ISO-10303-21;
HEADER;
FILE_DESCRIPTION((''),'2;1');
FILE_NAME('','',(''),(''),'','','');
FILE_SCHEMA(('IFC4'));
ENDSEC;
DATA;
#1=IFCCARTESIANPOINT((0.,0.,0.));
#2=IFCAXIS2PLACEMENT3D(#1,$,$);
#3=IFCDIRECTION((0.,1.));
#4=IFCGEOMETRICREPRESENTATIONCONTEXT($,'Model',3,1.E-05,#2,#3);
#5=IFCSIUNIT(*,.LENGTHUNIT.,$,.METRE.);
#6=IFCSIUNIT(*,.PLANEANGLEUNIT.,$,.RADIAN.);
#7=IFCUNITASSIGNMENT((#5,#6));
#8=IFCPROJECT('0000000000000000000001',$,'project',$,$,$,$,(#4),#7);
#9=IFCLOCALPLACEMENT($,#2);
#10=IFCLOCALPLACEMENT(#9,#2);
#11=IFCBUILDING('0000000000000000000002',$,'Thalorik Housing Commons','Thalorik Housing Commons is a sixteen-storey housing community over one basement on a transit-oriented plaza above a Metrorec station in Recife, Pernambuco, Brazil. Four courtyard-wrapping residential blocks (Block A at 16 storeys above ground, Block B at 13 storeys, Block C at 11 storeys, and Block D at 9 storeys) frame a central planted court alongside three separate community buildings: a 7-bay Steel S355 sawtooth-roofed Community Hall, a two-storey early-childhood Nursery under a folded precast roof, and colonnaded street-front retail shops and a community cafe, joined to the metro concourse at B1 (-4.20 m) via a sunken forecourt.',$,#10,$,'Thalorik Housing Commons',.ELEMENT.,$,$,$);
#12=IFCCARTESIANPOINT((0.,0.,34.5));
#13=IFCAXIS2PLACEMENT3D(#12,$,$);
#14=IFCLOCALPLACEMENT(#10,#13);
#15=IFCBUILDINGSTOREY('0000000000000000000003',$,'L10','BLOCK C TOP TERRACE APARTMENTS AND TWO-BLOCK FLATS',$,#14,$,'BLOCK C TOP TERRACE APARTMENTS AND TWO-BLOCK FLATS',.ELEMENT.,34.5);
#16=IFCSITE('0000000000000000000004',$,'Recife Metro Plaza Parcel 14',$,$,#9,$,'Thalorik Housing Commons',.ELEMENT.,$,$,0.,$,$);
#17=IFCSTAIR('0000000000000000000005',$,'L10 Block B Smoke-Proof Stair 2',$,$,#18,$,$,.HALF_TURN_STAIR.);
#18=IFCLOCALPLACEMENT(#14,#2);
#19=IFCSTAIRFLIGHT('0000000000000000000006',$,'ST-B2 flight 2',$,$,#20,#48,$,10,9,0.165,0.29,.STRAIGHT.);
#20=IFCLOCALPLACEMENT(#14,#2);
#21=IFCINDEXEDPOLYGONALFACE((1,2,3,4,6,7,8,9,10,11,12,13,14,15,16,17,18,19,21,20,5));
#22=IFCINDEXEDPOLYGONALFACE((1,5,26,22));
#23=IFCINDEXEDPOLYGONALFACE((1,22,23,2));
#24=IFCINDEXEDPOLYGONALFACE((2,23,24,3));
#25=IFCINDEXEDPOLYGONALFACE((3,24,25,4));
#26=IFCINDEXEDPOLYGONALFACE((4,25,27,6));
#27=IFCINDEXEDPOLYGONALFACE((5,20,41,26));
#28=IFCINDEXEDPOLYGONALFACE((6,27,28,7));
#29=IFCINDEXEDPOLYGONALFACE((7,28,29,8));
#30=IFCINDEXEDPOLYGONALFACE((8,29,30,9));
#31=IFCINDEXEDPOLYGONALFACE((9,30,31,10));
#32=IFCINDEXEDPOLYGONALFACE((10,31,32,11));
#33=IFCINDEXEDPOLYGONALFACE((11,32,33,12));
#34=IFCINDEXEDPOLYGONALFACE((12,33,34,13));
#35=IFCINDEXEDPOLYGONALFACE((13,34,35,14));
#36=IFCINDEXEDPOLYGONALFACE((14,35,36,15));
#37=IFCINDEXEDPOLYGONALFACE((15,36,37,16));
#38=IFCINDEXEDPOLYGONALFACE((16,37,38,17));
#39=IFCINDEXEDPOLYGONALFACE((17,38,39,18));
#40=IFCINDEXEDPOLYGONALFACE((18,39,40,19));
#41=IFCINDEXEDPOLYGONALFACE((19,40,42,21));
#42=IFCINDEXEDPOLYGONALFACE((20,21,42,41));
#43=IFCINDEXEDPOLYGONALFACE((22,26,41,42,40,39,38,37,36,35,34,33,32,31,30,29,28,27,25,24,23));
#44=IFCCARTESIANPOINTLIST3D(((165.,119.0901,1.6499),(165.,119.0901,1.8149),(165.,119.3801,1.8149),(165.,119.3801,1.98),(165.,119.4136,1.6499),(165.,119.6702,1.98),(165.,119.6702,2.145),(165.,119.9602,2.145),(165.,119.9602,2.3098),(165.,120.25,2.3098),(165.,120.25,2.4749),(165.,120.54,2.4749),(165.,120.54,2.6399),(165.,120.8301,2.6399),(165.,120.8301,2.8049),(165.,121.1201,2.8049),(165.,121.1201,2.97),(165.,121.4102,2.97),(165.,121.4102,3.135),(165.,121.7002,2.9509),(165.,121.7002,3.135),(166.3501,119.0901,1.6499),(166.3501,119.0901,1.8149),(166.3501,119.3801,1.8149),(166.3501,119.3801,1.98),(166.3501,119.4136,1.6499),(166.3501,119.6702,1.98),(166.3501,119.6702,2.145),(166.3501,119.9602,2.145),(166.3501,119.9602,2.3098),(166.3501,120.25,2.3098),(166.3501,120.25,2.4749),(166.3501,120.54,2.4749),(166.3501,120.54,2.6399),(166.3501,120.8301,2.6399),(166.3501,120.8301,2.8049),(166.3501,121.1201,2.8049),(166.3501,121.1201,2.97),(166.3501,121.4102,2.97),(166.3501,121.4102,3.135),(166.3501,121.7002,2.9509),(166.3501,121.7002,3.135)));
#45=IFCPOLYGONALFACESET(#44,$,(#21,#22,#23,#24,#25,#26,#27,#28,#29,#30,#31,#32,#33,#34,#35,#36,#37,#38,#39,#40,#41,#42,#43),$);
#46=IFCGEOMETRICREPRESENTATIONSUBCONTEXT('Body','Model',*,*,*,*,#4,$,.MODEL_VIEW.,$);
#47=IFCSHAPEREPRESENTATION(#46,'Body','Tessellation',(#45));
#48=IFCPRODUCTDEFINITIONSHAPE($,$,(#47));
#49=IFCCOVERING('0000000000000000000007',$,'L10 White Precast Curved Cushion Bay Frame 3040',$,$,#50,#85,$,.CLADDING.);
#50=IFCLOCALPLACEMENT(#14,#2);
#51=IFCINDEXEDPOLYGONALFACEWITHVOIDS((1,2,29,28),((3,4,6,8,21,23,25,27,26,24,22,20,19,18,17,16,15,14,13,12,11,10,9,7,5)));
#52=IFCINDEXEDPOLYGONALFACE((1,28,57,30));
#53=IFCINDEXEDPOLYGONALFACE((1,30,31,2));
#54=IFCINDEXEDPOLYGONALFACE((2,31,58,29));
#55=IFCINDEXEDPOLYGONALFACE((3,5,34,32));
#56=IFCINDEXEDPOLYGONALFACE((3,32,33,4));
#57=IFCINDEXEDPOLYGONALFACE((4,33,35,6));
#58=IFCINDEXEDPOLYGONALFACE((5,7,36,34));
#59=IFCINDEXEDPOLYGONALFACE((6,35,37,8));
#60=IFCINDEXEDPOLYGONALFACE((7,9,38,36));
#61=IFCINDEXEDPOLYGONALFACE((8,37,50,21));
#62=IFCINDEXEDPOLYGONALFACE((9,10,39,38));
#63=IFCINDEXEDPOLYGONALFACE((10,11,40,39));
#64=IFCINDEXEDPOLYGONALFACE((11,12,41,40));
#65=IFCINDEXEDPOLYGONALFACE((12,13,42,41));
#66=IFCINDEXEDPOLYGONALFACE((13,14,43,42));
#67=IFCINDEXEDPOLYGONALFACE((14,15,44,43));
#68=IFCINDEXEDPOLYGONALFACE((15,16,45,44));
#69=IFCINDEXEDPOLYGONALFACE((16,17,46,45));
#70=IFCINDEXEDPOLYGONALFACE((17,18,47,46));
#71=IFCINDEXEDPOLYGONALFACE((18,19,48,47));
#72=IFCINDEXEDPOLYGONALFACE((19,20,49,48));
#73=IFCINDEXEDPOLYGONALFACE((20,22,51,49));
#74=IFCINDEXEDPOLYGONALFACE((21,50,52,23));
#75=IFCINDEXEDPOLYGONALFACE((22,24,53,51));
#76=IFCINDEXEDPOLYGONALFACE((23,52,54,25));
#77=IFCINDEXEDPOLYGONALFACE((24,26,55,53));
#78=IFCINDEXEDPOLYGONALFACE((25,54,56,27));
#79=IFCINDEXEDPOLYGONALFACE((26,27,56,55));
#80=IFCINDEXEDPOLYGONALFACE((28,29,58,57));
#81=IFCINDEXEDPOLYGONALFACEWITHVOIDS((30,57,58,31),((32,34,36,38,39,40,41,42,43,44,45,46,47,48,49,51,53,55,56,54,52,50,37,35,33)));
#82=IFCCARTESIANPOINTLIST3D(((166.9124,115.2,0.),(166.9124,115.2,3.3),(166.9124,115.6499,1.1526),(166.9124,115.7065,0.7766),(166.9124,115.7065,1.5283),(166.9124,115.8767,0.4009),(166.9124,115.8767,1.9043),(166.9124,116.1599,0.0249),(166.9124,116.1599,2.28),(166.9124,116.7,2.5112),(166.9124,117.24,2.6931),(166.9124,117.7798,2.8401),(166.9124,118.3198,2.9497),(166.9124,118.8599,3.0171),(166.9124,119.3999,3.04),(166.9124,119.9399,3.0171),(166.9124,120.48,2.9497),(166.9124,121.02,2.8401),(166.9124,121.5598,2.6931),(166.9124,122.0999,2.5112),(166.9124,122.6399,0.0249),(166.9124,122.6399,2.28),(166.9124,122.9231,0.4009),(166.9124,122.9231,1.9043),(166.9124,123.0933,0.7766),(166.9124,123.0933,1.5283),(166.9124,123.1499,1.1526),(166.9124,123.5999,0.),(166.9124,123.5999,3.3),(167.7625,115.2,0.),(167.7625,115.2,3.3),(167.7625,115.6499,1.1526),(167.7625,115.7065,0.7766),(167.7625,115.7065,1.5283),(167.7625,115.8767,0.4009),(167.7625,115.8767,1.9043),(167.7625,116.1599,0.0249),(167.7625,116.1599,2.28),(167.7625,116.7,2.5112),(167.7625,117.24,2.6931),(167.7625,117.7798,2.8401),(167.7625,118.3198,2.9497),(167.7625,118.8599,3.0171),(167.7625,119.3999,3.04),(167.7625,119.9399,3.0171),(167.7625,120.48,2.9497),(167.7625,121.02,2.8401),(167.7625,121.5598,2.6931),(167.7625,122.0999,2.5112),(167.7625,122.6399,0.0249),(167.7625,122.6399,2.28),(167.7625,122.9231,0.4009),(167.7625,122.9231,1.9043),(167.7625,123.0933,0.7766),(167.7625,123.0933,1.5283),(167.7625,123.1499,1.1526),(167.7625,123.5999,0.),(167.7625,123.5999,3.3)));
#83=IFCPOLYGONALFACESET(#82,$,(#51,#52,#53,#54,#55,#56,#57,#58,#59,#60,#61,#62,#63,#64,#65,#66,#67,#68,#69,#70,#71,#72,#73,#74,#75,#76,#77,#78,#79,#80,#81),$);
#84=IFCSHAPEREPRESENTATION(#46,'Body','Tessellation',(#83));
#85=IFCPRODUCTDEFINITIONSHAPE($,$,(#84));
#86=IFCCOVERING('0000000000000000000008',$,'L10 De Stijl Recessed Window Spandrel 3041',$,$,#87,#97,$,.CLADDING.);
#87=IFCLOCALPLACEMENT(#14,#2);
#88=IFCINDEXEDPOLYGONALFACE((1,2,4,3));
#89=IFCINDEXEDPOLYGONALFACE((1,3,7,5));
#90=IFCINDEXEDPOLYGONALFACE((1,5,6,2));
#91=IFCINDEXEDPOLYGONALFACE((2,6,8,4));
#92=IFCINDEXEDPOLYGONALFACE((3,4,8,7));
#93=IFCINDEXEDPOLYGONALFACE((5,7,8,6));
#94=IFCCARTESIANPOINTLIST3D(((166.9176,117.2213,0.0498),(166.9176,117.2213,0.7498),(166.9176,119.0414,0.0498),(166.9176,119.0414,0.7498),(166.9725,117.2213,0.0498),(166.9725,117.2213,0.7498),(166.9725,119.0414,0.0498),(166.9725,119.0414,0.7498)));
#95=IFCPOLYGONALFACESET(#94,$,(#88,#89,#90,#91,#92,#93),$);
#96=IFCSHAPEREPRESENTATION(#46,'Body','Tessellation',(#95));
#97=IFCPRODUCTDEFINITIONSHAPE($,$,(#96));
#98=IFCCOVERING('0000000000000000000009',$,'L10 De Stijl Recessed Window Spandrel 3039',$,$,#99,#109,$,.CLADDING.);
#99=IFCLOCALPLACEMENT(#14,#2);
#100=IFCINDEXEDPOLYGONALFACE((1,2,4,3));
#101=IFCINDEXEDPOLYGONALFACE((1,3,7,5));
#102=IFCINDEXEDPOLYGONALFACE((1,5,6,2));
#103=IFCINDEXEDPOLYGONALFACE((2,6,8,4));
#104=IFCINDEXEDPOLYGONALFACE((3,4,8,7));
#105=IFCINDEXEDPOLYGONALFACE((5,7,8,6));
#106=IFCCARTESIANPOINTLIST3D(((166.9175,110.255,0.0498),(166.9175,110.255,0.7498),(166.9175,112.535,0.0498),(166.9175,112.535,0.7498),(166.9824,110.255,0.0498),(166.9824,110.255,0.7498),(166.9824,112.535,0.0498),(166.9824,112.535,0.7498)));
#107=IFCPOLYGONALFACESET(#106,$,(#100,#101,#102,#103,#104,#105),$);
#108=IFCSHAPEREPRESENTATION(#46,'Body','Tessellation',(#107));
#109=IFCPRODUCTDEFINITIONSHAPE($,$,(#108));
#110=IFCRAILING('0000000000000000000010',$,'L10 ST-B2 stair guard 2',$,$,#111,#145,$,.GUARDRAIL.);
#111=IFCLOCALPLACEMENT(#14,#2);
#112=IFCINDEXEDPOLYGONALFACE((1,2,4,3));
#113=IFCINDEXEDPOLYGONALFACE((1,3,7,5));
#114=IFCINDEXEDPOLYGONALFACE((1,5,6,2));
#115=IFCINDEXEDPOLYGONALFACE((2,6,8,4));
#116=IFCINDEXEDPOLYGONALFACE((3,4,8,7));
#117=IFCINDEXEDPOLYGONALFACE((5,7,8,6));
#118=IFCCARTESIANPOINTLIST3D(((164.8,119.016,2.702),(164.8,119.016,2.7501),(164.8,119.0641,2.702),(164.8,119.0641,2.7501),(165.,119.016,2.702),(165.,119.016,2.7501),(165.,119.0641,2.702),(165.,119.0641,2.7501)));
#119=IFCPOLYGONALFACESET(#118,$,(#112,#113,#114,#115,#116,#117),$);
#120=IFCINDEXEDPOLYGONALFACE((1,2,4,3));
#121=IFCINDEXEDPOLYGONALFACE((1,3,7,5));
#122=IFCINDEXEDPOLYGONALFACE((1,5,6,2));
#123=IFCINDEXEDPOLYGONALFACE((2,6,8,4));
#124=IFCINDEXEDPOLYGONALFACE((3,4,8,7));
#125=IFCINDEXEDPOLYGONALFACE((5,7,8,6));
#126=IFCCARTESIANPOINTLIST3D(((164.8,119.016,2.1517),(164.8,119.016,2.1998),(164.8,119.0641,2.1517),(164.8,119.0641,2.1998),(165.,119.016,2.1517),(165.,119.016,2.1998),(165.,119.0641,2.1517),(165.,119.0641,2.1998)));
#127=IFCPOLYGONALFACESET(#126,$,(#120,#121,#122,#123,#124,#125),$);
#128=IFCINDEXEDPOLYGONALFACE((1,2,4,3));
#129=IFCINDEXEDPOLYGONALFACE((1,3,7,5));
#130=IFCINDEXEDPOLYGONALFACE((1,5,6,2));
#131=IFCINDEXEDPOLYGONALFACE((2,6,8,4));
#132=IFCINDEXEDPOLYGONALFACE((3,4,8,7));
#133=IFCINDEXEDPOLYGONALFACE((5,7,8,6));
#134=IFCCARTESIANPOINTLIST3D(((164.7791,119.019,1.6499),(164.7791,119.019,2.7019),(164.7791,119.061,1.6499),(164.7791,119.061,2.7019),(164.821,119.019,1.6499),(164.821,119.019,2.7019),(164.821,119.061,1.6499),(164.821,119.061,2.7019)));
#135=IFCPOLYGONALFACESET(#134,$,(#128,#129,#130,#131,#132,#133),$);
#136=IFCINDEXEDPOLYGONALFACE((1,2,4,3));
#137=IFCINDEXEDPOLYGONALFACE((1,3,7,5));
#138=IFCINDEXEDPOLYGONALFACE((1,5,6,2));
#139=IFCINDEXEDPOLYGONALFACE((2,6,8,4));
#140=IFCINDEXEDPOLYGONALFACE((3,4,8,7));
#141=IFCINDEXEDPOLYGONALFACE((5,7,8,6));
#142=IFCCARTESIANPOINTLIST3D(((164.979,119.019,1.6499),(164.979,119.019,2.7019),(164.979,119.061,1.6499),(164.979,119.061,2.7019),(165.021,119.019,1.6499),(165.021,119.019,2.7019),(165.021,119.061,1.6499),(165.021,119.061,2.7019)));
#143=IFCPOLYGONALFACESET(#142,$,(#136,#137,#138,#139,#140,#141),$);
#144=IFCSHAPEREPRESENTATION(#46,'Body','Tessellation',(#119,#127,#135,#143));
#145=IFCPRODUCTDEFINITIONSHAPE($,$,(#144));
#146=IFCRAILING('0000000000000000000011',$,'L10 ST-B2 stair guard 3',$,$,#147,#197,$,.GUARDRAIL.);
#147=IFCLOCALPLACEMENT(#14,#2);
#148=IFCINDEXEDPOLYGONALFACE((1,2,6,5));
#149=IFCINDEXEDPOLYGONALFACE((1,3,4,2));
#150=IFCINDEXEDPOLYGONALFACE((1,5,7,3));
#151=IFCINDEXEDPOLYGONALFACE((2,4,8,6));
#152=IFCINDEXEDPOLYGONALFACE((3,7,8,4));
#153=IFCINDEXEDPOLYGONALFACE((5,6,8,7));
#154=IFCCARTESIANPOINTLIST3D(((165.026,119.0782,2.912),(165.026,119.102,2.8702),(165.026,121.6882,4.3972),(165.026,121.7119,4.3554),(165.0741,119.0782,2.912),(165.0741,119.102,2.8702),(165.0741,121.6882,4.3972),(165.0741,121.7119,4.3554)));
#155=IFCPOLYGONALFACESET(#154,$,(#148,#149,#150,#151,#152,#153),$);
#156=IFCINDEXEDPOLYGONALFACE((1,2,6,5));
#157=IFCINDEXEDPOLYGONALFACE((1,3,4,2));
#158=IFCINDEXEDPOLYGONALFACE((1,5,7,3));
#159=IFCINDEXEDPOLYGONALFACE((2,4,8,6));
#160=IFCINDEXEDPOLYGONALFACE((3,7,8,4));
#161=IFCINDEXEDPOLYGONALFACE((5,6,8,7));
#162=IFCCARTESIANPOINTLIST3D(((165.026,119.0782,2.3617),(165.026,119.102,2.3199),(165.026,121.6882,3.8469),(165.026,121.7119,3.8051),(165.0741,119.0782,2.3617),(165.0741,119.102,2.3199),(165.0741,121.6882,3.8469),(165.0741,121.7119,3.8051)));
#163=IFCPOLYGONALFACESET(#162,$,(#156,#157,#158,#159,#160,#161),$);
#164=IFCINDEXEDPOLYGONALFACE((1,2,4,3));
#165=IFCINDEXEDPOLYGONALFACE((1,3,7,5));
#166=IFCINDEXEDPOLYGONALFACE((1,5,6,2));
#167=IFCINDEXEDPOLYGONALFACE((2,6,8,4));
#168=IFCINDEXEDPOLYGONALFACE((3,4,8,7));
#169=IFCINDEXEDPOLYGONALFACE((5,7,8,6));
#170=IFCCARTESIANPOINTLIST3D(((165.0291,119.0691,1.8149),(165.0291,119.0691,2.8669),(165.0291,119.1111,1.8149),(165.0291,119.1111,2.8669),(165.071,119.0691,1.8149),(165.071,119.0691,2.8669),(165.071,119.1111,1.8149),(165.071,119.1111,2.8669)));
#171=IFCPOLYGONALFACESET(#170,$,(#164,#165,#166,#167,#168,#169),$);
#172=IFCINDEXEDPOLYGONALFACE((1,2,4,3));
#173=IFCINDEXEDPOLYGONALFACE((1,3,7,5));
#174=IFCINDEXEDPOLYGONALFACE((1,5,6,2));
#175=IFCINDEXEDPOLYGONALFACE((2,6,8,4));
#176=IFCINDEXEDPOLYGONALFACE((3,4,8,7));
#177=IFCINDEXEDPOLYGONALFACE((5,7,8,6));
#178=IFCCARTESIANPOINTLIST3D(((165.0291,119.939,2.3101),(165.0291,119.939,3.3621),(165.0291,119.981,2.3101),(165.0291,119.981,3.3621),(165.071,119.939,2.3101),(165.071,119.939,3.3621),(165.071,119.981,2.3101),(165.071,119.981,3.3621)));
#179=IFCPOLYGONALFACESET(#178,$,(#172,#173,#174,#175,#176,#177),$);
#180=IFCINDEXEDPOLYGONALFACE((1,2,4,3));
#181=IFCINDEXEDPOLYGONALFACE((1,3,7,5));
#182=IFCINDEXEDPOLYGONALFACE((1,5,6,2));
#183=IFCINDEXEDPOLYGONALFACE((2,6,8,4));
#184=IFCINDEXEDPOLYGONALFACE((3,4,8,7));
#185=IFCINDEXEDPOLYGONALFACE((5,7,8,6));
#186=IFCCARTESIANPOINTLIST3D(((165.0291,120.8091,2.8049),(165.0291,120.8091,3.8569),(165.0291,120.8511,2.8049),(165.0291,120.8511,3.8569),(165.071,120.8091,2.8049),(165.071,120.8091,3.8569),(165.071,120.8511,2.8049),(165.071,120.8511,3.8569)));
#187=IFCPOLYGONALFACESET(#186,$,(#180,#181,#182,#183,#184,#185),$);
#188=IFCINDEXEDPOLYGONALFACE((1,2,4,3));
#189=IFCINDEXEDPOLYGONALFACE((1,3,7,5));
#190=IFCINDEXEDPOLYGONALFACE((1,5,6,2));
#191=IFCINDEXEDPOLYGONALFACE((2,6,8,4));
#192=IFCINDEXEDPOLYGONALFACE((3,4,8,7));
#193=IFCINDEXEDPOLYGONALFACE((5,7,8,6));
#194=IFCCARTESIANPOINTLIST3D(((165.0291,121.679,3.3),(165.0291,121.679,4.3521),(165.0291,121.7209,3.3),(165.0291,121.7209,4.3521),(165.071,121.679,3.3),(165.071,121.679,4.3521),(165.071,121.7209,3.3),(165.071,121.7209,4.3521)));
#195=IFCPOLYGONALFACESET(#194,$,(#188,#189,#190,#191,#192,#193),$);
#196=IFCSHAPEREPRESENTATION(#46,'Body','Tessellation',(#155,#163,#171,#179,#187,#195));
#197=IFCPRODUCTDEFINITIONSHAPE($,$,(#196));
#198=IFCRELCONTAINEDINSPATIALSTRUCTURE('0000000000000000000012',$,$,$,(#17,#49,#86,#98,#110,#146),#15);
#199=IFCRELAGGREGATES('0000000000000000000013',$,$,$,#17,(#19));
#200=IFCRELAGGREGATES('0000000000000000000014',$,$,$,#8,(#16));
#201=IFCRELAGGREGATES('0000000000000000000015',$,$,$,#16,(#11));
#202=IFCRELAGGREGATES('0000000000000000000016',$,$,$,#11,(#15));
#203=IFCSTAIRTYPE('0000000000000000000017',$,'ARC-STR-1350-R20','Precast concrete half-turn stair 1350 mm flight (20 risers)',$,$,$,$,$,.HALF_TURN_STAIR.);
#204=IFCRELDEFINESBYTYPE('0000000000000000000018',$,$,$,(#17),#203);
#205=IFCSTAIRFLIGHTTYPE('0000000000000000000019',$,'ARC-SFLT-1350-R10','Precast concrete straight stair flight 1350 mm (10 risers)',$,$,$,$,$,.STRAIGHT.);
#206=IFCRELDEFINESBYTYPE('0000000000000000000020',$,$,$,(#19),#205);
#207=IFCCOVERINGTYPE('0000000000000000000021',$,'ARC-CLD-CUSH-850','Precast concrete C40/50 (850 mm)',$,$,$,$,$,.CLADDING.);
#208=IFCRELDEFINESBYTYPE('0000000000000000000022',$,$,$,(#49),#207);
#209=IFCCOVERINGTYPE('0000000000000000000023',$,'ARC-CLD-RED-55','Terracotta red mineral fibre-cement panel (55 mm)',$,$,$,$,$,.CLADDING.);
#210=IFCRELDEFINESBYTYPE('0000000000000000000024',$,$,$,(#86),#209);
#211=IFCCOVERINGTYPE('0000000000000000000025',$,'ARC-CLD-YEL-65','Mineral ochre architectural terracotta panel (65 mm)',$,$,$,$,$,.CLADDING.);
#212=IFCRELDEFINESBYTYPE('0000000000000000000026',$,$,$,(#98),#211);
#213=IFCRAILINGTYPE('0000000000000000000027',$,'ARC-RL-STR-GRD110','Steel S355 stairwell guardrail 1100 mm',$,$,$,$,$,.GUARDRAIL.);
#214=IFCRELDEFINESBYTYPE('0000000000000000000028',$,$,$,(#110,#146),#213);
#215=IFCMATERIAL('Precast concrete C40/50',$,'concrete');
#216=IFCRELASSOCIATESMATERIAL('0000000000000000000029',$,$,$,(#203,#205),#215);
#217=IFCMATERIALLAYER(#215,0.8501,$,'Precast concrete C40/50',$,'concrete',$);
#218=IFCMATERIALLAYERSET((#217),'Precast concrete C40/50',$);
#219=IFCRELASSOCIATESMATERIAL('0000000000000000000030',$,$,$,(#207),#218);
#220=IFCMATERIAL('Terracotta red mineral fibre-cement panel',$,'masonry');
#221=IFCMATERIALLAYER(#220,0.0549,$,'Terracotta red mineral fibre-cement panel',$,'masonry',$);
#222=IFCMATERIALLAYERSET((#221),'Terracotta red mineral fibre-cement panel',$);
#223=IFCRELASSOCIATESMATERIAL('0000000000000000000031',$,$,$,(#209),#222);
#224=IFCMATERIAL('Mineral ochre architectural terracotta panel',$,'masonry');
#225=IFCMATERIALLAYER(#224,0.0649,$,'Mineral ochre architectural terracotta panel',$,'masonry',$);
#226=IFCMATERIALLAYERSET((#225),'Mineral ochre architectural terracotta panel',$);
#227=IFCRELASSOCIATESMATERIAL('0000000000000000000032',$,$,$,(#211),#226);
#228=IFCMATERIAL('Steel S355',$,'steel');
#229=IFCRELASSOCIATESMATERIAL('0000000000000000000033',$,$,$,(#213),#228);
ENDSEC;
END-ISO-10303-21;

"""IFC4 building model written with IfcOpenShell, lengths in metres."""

from ifc_helpers import new_model, si_unit, direction, frame, origin, origin_2d, place, context, subcontext, project, spatial, polyline, rectangle, outline, extrude, material, layer, layer_set, type_object, element, aggregate, save


model = new_model("IFC4")

# Units and contexts
model_context = context("Model", 3, precision=1e-05, world=origin(), true_north=direction((0.0, 1.0)))
body_context = subcontext(model_context, "Body", "Model", "MODEL_VIEW")
ifc_project = project(units=[si_unit("LENGTHUNIT", "METRE"), si_unit("PLANEANGLEUNIT", "RADIAN")], contexts=[model_context])

# Site, building, storey
site_placement = place(None, origin())
site = spatial("IfcSite", under=ifc_project, at=site_placement, Name="Recife Metro Plaza Parcel 14", LongName="Thalorik Housing Commons", CompositionType="ELEMENT", RefElevation=0.0)
building_placement = place(site_placement, origin())
building = spatial("IfcBuilding", under=site, at=building_placement, Name="Thalorik Housing Commons", Description="Thalorik Housing Commons is a sixteen-storey housing community over one basement on a transit-oriented plaza above a Metrorec station in Recife, Pernambuco, Brazil. Four courtyard-wrapping residential blocks (Block A at 16 storeys above ground, Block B at 13 storeys, Block C at 11 storeys, and Block D at 9 storeys) frame a central planted court alongside three separate community buildings: a 7-bay Steel S355 sawtooth-roofed Community Hall, a two-storey early-childhood Nursery under a folded precast roof, and colonnaded street-front retail shops and a community cafe, joined to the metro concourse at B1 (-4.20 m) via a sunken forecourt.", LongName="Thalorik Housing Commons", CompositionType="ELEMENT")
storey_placement = place(building_placement, frame((0.0, 0.0, 34.5)))
storey = spatial("IfcBuildingStorey", under=building, at=storey_placement, Name="L10", Description="BLOCK C TOP TERRACE APARTMENTS AND TWO-BLOCK FLATS", LongName="BLOCK C TOP TERRACE APARTMENTS AND TWO-BLOCK FLATS", CompositionType="ELEMENT", Elevation=34.5)

# Shared definitions
ifc_material_1 = material(Name="Precast concrete C40/50", Category="concrete")

# Stair, stair flight
stair_type = type_object("IfcStairType", Name="ARC-STR-1350-R20", Description="Precast concrete half-turn stair 1350 mm flight (20 risers)", PredefinedType="HALF_TURN_STAIR", material=ifc_material_1)
stair_placement = place(storey_placement, origin())
stair = element("IfcStair", 1, at=stair_placement, inside=storey, type_object=stair_type, Name="L10 Block B Smoke-Proof Stair 2", PredefinedType="HALF_TURN_STAIR")
stair_flight_type = type_object("IfcStairFlightType", Name="ARC-SFLT-1350-R10", Description="Precast concrete straight stair flight 1350 mm (10 risers)", PredefinedType="STRAIGHT", material=ifc_material_1)
stair_flight_placement = place(storey_placement, frame((165.675, 119.0901, 1.6499), z_axis=(0.0, 0.0, 1.0), x_axis=(0.0, 1.0, 0.0)))
stair_flight = element("IfcStairFlight", 2, at=stair_flight_placement, type_object=stair_flight_type, Name="ST-B2 flight 2", NumberOfRisers=10, NumberOfTreads=9, PredefinedType="STRAIGHT", RiserHeight=0.165, TreadLength=0.29, context=body_context, shape_type="SweptSolid", body=[
    extrude(outline(polyline([(0.0, 0.0), (0.0, 0.165), (0.29, 0.165), (0.29, 0.3301), (0.5801, 0.3301), (0.5801, 0.4951), (0.8701, 0.4951), (0.8701, 0.6599), (1.1599, 0.6599), (1.1599, 0.825), (1.45, 0.825), (1.45, 0.99), (1.74, 0.99), (1.74, 1.155), (2.03, 1.155), (2.03, 1.3201), (2.3201, 1.3201), (2.3201, 1.4851), (2.6101, 1.4851), (2.6101, 1.6499), (2.6101, 1.301), (0.3235, 0.0), (0.0, 0.0)])), frame((0.0, 0.675, 0.0), z_axis=(0.0, -1.0, 0.0), x_axis=(1.0, 0.0, 0.0)), (0.0, 0.0, 1.0), 1.3501),
])
aggregate(stair, [stair_flight])

# Coverings
ifc_layer_1 = layer(ifc_material_1, 0.8501, Name="Precast concrete C40/50", Category="concrete")
ifc_layer_set_1 = layer_set([ifc_layer_1], Name="Precast concrete C40/50")
covering_type_1 = type_object("IfcCoveringType", Name="ARC-CLD-CUSH-850", Description="Precast concrete C40/50 (850 mm)", PredefinedType="CLADDING", material=ifc_layer_set_1)
covering_1_placement = place(storey_placement, frame((167.3374, 119.3999, 0.0), z_axis=(0.0, 0.0, 1.0), x_axis=(0.0, 1.0, 0.0)))
element("IfcCovering", 3, at=covering_1_placement, inside=storey, type_object=covering_type_1, Name="L10 White Precast Curved Cushion Bay Frame 3040", PredefinedType="CLADDING", context=body_context, shape_type="SweptSolid", body=[
    extrude(outline(polyline([(-4.2, 0.0), (4.2, 0.0), (4.2, 3.3), (-4.2, 3.3), (-4.2, 0.0)]), holes=[polyline([(3.24, 0.0249), (3.5232, 0.4009), (3.6934, 0.7766), (3.75, 1.1526), (3.6934, 1.5283), (3.5232, 1.9043), (3.24, 2.28), (2.7, 2.5112), (2.1599, 2.6931), (1.6201, 2.8401), (1.0801, 2.9497), (0.54, 3.0171), (0.0, 3.04), (-0.54, 3.0171), (-1.0801, 2.9497), (-1.6201, 2.8401), (-2.1599, 2.6931), (-2.7, 2.5112), (-3.24, 2.28), (-3.5232, 1.9043), (-3.6934, 1.5283), (-3.75, 1.1526), (-3.6934, 0.7766), (-3.5232, 0.4009), (-3.24, 0.0249), (3.24, 0.0249)])]), frame((0.0, 0.425, 0.0), z_axis=(0.0, -1.0, 0.0), x_axis=(1.0, 0.0, 0.0)), (0.0, 0.0, 1.0), 0.8501),
])
ifc_material_2 = material(Name="Terracotta red mineral fibre-cement panel", Category="masonry")
ifc_layer_2 = layer(ifc_material_2, 0.0549, Name="Terracotta red mineral fibre-cement panel", Category="masonry")
ifc_layer_set_2 = layer_set([ifc_layer_2], Name="Terracotta red mineral fibre-cement panel")
covering_type_2 = type_object("IfcCoveringType", Name="ARC-CLD-RED-55", Description="Terracotta red mineral fibre-cement panel (55 mm)", PredefinedType="CLADDING", material=ifc_layer_set_2)
covering_2_placement = place(storey_placement, frame((166.9451, 118.1313, 0.0498), z_axis=(0.0, 0.0, 1.0), x_axis=(0.0, 1.0, 0.0)))
element("IfcCovering", 4, at=covering_2_placement, inside=storey, type_object=covering_type_2, Name="L10 De Stijl Recessed Window Spandrel 3041", PredefinedType="CLADDING", context=body_context, shape_type="SweptSolid", body=[
    extrude(rectangle(XDim=1.8201, YDim=0.0549, at=origin_2d()), origin(), (0.0, 0.0, 1.0), 0.7),
])
ifc_material_3 = material(Name="Mineral ochre architectural terracotta panel", Category="masonry")
ifc_layer_3 = layer(ifc_material_3, 0.0649, Name="Mineral ochre architectural terracotta panel", Category="masonry")
ifc_layer_set_3 = layer_set([ifc_layer_3], Name="Mineral ochre architectural terracotta panel")
covering_type_3 = type_object("IfcCoveringType", Name="ARC-CLD-YEL-65", Description="Mineral ochre architectural terracotta panel (65 mm)", PredefinedType="CLADDING", material=ifc_layer_set_3)
covering_3_placement = place(storey_placement, frame((166.95, 111.395, 0.0498), z_axis=(0.0, 0.0, 1.0), x_axis=(0.0, 1.0, 0.0)))
element("IfcCovering", 5, at=covering_3_placement, inside=storey, type_object=covering_type_3, Name="L10 De Stijl Recessed Window Spandrel 3039", PredefinedType="CLADDING", context=body_context, shape_type="SweptSolid", body=[
    extrude(rectangle(XDim=2.28, YDim=0.0649, at=origin_2d()), origin(), (0.0, 0.0, 1.0), 0.7),
])

# Railings
ifc_material_4 = material(Name="Steel S355", Category="steel")
railing_type_1 = type_object("IfcRailingType", Name="ARC-RL-STR-GRD110", Description="Steel S355 stairwell guardrail 1100 mm", PredefinedType="GUARDRAIL", material=ifc_material_4)
railing_1_placement = place(storey_placement, frame((164.8, 119.04, 1.6499)))
element("IfcRailing", 6, at=railing_1_placement, inside=storey, type_object=railing_type_1, Name="L10 ST-B2 stair guard 2", PredefinedType="GUARDRAIL", context=body_context, shape_type="SweptSolid", body=[
    extrude(rectangle(XDim=0.0481, YDim=0.0481, at=origin_2d()), frame((0.0, 0.0, 1.0762), z_axis=(1.0, 0.0, 0.0), x_axis=(0.0, 1.0, 0.0)), (0.0, 0.0, 1.0), 0.2),
    extrude(rectangle(XDim=0.0481, YDim=0.0481, at=origin_2d()), frame((0.0, 0.0, 0.5259), z_axis=(1.0, 0.0, 0.0), x_axis=(0.0, 1.0, 0.0)), (0.0, 0.0, 1.0), 0.2),
    extrude(rectangle(XDim=0.042, YDim=0.042, at=origin_2d()), origin(), (0.0, 0.0, 1.0), 1.052),
    extrude(rectangle(XDim=0.042, YDim=0.042, at=origin_2d()), frame((0.2, 0.0, 0.0)), (0.0, 0.0, 1.0), 1.052),
])
railing_2_placement = place(storey_placement, frame((165.05, 119.0901, 1.8149)))
element("IfcRailing", 7, at=railing_2_placement, inside=storey, type_object=railing_type_1, Name="L10 ST-B2 stair guard 3", PredefinedType="GUARDRAIL", context=body_context, shape_type="SweptSolid", body=[
    extrude(rectangle(XDim=0.0481, YDim=0.0481, at=origin_2d()), frame((0.0, 0.0, 1.0762), z_axis=(0.0, 0.869137, 0.494571), x_axis=(-1.0, 0.0, 0.0)), (0.0, 0.0, 1.0), 3.0029),
    extrude(rectangle(XDim=0.0481, YDim=0.0481, at=origin_2d()), frame((0.0, 0.0, 0.5259), z_axis=(0.0, 0.869137, 0.494571), x_axis=(-1.0, 0.0, 0.0)), (0.0, 0.0, 1.0), 3.0029),
    extrude(rectangle(XDim=0.042, YDim=0.042, at=origin_2d()), origin(), (0.0, 0.0, 1.0), 1.052),
    extrude(rectangle(XDim=0.042, YDim=0.042, at=origin_2d()), frame((0.0, 0.8699, 0.4951)), (0.0, 0.0, 1.0), 1.052),
    extrude(rectangle(XDim=0.042, YDim=0.042, at=origin_2d()), frame((0.0, 1.74, 0.99)), (0.0, 0.0, 1.0), 1.052),
    extrude(rectangle(XDim=0.042, YDim=0.042, at=origin_2d()), frame((0.0, 2.6099, 1.4851)), (0.0, 0.0, 1.0), 1.052),
])

save(model, "model.ifc")
